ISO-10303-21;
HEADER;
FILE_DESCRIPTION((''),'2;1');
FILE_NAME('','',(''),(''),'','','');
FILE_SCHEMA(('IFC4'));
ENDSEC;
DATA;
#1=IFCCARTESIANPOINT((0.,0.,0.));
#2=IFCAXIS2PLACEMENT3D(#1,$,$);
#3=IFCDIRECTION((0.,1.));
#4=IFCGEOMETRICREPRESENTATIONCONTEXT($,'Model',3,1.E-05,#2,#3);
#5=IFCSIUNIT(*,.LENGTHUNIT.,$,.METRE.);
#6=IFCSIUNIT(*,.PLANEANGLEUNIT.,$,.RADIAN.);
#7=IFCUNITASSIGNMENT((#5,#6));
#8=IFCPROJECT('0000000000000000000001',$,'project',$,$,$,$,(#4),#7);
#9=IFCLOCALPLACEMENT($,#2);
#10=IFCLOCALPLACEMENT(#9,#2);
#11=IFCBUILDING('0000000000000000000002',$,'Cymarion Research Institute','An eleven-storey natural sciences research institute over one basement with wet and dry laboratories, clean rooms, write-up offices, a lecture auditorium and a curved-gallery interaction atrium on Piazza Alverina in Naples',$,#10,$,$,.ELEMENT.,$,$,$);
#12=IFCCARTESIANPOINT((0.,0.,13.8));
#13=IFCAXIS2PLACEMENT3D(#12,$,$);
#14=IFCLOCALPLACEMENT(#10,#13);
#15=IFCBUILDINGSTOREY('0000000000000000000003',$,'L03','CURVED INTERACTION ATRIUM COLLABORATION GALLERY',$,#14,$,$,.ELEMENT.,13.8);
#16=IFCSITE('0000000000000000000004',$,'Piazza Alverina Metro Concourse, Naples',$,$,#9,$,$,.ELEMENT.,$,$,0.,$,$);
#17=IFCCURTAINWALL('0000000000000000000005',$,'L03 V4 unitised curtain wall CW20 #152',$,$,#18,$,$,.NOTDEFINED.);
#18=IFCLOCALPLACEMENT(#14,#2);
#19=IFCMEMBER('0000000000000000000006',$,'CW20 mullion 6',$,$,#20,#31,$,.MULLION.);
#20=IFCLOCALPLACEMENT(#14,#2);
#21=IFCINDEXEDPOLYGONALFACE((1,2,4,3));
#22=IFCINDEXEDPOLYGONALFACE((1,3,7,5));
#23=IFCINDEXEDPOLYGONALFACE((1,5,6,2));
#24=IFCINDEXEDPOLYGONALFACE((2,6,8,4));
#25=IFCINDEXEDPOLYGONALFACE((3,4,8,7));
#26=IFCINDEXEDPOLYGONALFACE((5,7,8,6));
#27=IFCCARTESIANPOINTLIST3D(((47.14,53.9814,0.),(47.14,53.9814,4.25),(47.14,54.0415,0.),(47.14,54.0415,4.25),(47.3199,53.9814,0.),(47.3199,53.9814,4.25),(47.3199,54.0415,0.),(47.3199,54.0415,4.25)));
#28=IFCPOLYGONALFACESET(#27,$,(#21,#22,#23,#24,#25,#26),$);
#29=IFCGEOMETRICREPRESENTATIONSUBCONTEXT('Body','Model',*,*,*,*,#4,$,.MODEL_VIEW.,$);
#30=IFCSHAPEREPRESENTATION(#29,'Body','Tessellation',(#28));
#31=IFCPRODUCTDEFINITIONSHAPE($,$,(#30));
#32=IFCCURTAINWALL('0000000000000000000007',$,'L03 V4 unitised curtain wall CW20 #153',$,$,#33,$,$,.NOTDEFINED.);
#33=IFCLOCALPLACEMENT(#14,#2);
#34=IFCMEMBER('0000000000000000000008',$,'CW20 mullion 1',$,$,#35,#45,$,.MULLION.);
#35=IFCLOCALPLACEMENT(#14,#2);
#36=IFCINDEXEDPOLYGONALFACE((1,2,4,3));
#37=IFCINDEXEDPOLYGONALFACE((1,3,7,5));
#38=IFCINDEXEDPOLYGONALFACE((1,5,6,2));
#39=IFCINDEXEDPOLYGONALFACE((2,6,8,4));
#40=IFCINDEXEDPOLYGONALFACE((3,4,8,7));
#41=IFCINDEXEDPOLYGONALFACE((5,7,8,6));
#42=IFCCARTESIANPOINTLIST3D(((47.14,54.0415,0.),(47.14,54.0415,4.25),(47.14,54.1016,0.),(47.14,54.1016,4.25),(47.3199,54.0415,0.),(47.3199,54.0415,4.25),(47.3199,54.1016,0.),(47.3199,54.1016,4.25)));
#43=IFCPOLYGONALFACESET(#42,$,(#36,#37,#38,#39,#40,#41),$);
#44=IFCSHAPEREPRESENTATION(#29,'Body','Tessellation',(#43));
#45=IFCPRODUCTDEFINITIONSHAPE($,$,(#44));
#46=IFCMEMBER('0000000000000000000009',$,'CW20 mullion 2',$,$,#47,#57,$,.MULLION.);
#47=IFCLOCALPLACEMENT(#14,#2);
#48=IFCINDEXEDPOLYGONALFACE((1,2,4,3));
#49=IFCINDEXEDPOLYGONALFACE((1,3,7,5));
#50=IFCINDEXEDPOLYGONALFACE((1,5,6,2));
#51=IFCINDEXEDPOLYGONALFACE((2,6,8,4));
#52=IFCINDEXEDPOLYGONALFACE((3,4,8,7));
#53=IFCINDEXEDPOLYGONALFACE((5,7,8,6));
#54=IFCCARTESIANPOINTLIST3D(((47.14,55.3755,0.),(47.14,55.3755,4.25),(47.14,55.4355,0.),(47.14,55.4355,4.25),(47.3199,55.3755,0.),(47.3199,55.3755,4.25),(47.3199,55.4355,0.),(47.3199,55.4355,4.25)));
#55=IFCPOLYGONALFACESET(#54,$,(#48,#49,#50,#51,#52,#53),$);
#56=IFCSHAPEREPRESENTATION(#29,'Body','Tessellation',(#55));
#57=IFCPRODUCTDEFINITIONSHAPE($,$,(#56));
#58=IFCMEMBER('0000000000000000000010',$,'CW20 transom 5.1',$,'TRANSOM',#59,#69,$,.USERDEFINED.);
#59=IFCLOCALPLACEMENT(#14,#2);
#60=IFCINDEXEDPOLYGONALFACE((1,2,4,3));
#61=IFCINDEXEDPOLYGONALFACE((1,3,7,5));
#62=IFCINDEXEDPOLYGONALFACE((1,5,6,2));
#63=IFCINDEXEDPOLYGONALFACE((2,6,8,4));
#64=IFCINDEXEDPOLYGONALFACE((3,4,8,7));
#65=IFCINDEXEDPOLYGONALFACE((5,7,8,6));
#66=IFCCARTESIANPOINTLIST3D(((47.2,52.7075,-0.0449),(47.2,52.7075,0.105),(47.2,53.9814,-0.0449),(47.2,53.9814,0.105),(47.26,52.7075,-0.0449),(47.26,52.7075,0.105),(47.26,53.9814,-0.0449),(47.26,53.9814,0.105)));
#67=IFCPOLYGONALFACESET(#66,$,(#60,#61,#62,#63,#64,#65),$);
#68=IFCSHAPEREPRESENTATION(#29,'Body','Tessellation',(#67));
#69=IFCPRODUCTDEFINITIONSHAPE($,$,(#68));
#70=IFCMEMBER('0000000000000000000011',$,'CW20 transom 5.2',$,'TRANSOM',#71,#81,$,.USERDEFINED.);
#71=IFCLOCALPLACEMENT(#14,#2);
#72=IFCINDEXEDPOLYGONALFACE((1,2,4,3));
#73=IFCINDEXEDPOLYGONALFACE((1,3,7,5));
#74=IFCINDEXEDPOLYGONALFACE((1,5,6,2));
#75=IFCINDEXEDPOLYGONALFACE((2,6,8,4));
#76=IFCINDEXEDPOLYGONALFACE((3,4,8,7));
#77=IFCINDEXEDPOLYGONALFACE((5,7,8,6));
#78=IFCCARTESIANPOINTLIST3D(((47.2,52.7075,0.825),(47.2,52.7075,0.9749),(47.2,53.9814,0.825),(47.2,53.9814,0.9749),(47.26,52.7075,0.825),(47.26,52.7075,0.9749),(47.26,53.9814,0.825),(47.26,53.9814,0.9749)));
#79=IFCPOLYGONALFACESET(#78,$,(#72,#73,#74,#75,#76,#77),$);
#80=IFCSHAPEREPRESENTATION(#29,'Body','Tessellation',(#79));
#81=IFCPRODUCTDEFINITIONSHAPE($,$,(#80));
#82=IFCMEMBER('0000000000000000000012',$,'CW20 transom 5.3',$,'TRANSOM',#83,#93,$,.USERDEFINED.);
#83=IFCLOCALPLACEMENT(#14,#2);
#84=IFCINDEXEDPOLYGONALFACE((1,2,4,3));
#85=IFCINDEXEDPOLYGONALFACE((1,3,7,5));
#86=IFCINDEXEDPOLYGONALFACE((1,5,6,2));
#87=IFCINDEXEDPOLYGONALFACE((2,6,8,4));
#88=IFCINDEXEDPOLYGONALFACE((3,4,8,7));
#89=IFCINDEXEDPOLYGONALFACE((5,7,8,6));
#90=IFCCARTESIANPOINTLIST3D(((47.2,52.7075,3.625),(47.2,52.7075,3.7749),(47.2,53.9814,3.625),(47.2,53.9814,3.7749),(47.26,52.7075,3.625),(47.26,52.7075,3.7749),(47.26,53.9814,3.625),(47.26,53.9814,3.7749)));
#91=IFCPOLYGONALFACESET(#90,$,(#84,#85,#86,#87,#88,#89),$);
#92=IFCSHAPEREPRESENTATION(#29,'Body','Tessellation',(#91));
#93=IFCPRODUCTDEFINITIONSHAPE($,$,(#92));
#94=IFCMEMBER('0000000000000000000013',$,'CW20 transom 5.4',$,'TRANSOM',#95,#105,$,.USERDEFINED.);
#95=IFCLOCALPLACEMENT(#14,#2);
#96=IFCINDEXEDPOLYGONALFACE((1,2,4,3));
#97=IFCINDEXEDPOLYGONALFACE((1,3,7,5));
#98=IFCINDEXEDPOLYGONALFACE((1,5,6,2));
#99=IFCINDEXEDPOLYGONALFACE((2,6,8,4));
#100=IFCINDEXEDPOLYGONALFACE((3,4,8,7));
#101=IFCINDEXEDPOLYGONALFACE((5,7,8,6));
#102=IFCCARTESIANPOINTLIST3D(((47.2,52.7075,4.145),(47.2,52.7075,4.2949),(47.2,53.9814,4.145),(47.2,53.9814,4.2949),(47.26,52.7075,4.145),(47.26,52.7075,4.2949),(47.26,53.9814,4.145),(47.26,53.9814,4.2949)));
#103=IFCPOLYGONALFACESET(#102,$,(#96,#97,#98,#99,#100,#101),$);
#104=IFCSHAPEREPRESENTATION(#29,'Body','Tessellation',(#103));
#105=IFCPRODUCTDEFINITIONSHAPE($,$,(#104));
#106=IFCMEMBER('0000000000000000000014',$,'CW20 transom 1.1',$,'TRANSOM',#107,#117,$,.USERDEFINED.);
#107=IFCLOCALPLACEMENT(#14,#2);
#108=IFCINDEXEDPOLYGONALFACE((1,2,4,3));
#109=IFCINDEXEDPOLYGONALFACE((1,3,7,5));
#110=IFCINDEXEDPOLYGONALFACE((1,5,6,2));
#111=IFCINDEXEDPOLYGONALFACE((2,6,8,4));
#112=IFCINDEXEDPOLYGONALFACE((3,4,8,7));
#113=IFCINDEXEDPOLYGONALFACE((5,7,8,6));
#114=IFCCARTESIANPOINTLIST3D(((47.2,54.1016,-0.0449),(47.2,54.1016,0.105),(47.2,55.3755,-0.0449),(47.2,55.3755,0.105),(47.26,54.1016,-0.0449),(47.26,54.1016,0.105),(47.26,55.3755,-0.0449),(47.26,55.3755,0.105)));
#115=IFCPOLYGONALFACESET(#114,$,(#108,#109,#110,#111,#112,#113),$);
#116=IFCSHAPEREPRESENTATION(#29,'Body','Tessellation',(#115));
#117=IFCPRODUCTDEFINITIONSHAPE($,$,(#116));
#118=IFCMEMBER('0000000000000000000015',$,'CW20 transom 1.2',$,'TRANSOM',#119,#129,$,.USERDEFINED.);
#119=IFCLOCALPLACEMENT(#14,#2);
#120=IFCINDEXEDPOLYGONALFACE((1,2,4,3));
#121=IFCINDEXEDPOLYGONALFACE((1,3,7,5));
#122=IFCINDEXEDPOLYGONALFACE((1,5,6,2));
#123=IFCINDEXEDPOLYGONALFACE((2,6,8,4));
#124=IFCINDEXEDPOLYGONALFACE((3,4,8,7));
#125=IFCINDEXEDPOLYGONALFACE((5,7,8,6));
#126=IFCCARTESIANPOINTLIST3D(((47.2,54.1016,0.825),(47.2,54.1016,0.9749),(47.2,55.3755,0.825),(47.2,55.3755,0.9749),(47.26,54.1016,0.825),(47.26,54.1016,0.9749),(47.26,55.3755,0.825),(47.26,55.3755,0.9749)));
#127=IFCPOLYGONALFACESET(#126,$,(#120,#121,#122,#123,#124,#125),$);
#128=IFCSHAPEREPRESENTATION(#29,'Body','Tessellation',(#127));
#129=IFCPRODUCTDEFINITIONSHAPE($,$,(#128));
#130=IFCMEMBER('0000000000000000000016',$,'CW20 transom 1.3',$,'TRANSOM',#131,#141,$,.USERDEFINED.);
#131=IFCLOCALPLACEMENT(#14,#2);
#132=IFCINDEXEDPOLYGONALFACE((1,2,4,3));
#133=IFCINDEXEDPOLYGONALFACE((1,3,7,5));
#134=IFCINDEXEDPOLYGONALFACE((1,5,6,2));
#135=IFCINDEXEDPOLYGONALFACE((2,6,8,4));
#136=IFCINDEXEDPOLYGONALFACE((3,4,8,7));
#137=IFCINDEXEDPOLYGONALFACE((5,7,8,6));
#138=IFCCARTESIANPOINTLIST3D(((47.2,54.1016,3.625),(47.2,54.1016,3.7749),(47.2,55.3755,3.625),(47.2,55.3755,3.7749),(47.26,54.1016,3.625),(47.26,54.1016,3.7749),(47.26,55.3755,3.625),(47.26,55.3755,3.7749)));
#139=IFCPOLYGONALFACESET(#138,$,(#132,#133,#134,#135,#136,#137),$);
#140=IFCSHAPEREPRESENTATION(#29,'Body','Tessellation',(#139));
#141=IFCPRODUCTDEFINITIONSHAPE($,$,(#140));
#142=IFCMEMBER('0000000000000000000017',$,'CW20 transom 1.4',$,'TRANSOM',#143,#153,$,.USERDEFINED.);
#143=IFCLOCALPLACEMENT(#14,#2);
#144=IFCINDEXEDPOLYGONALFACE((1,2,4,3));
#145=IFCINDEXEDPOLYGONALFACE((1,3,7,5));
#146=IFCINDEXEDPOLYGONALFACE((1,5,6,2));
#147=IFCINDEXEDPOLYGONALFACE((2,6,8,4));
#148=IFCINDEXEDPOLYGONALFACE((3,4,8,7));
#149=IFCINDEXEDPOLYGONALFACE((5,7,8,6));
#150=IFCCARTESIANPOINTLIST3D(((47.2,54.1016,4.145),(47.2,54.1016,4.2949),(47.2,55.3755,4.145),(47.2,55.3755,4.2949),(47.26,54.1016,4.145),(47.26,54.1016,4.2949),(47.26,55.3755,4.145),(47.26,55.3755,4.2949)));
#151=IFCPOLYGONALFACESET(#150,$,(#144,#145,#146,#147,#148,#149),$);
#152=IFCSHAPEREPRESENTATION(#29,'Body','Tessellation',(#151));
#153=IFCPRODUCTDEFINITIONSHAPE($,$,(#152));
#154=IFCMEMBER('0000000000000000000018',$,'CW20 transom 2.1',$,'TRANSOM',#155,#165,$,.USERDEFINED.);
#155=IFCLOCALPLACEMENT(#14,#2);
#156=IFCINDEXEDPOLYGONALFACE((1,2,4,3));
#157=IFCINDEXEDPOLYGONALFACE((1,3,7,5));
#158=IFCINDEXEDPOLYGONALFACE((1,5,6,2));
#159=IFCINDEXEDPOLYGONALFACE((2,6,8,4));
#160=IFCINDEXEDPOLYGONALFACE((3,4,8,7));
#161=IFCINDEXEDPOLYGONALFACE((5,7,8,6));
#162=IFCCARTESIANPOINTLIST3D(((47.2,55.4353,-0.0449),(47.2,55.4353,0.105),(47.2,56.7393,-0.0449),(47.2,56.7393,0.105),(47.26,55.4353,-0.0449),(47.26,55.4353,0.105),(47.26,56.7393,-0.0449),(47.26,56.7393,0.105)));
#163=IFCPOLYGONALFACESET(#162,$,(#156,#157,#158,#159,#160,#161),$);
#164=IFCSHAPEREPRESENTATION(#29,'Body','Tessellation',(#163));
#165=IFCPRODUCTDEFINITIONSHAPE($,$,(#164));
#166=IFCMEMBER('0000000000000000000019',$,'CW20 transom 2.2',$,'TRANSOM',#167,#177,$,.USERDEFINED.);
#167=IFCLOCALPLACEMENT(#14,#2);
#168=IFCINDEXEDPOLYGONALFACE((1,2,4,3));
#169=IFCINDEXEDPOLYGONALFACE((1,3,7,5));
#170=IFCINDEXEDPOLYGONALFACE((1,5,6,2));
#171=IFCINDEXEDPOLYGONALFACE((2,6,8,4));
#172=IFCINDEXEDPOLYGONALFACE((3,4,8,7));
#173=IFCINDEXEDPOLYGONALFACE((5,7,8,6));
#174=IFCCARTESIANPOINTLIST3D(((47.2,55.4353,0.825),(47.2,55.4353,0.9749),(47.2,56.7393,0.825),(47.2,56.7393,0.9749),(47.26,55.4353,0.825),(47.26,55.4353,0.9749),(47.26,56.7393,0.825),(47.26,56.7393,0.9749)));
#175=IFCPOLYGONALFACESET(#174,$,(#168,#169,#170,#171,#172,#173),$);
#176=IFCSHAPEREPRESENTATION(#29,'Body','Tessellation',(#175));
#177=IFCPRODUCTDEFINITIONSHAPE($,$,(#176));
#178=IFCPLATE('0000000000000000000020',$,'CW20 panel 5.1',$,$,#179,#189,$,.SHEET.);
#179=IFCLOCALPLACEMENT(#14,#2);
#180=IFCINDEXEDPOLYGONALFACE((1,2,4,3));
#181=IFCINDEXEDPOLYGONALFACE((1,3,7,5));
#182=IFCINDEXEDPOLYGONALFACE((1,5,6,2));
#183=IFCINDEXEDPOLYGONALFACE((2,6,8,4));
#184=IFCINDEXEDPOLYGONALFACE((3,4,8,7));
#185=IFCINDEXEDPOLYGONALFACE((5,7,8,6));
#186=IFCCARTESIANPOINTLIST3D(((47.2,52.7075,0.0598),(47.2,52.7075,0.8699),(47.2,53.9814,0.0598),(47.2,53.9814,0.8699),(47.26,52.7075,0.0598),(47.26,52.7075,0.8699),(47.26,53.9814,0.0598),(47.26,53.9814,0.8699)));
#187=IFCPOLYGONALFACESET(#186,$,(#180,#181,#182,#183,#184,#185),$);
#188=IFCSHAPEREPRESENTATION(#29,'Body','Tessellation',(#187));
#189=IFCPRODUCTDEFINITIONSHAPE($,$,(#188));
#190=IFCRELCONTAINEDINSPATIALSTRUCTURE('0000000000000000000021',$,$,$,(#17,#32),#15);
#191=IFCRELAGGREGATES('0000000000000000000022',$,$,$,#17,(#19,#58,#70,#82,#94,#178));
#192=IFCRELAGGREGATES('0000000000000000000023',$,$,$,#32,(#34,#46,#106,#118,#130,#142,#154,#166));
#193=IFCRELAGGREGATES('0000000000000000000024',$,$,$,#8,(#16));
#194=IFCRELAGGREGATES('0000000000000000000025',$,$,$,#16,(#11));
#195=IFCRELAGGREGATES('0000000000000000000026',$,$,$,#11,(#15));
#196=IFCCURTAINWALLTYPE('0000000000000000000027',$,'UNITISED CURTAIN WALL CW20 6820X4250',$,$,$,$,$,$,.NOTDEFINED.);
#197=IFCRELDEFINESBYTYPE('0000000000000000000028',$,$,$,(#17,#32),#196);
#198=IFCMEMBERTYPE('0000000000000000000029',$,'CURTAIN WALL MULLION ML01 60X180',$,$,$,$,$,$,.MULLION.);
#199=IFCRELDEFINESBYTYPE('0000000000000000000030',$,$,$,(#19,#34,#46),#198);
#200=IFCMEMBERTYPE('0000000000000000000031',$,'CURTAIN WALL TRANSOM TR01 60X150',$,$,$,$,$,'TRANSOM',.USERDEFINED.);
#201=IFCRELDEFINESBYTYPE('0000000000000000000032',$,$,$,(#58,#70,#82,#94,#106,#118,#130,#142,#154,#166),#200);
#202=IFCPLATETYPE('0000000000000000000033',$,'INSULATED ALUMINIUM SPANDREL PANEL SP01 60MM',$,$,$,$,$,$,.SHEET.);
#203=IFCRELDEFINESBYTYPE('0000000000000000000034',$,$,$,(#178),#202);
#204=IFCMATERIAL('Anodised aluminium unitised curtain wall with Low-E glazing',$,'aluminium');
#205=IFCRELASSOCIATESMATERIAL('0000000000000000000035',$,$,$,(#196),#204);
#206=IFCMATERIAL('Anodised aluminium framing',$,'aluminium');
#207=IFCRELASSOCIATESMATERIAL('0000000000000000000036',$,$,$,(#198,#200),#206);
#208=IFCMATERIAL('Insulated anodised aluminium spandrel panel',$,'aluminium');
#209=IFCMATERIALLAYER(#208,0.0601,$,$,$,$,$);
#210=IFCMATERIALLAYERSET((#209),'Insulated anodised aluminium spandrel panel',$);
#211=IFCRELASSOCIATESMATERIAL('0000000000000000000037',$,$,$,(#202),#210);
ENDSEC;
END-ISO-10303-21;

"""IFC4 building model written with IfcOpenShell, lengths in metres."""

from ifc_helpers import new_model, si_unit, direction, frame, origin, origin_2d, place, context, subcontext, project, spatial, rectangle, extrude, material, layer, layer_set, material_profile, profile_set, type_object, element, aggregate, save


model = new_model("IFC4")

# Units and contexts
model_context = context("Model", 3, precision=1e-05, world=origin(), true_north=direction((0.0, 1.0)))
body_context = subcontext(model_context, "Body", "Model", "MODEL_VIEW")
ifc_project = project(units=[si_unit("LENGTHUNIT", "METRE"), si_unit("PLANEANGLEUNIT", "RADIAN")], contexts=[model_context])

# Site, building, storey
site_placement = place(None, origin())
site = spatial("IfcSite", under=ifc_project, at=site_placement, Name="Piazza Alverina Metro Concourse, Naples", CompositionType="ELEMENT", RefElevation=0.0)
building_placement = place(site_placement, origin())
building = spatial("IfcBuilding", under=site, at=building_placement, Name="Cymarion Research Institute", Description="An eleven-storey natural sciences research institute over one basement with wet and dry laboratories, clean rooms, write-up offices, a lecture auditorium and a curved-gallery interaction atrium on Piazza Alverina in Naples", CompositionType="ELEMENT")
storey_placement = place(building_placement, frame((0.0, 0.0, 13.8)))
storey = spatial("IfcBuildingStorey", under=building, at=storey_placement, Name="L03", Description="CURVED INTERACTION ATRIUM COLLABORATION GALLERY", CompositionType="ELEMENT", Elevation=13.8)

# Curtain wall, member
ifc_material_1 = material(Name="Anodised aluminium unitised curtain wall with Low-E glazing", Category="aluminium")
curtain_wall_type = type_object("IfcCurtainWallType", Name="UNITISED CURTAIN WALL CW20 6820X4250", PredefinedType="NOTDEFINED", material=ifc_material_1)
curtain_wall_1_placement = place(storey_placement, origin())
curtain_wall_1 = element("IfcCurtainWall", 1, at=curtain_wall_1_placement, inside=storey, type_object=curtain_wall_type, Name="L03 V4 unitised curtain wall CW20 #152", PredefinedType="NOTDEFINED")
ifc_material_2 = material(Name="Anodised aluminium framing", Category="aluminium")
ifc_material_profile_1 = material_profile(ifc_material_2, rectangle(XDim=0.0601, YDim=0.1799, at=origin_2d()), Name="ALU MULLION 60x180")
ifc_profile_set_1 = profile_set([ifc_material_profile_1], Name="Anodised aluminium framing")
member_type_1 = type_object("IfcMemberType", Name="CURTAIN WALL MULLION ML01 60X180", PredefinedType="MULLION", material=ifc_profile_set_1)
member_1_placement = place(storey_placement, frame((47.23, 54.0115, 0.0), z_axis=(0.0, 0.0, 1.0), x_axis=(0.0, 1.0, 0.0)))
member_1 = element("IfcMember", 2, at=member_1_placement, type_object=member_type_1, Name="CW20 mullion 6", PredefinedType="MULLION", context=body_context, shape_type="SweptSolid", body=[
    extrude(rectangle(XDim=0.0601, YDim=0.1799, at=origin_2d()), origin(), (0.0, 0.0, 1.0), 4.25),
])

# Curtain wall, members
curtain_wall_2_placement = place(storey_placement, origin())
curtain_wall_2 = element("IfcCurtainWall", 3, at=curtain_wall_2_placement, inside=storey, type_object=curtain_wall_type, Name="L03 V4 unitised curtain wall CW20 #153", PredefinedType="NOTDEFINED")
member_2_placement = place(storey_placement, frame((47.23, 54.0715, 0.0), z_axis=(0.0, 0.0, 1.0), x_axis=(0.0, 1.0, 0.0)))
member_2 = element("IfcMember", 4, at=member_2_placement, type_object=member_type_1, Name="CW20 mullion 1", PredefinedType="MULLION", context=body_context, shape_type="SweptSolid", body=[
    extrude(rectangle(XDim=0.0601, YDim=0.1799, at=origin_2d()), origin(), (0.0, 0.0, 1.0), 4.25),
])
member_3_placement = place(storey_placement, frame((47.23, 55.4055, 0.0), z_axis=(0.0, 0.0, 1.0), x_axis=(0.0, 1.0, 0.0)))
member_3 = element("IfcMember", 5, at=member_3_placement, type_object=member_type_1, Name="CW20 mullion 2", PredefinedType="MULLION", context=body_context, shape_type="SweptSolid", body=[
    extrude(rectangle(XDim=0.0601, YDim=0.1799, at=origin_2d()), origin(), (0.0, 0.0, 1.0), 4.25),
])

# Members
ifc_material_profile_2 = material_profile(ifc_material_2, rectangle(XDim=0.0601, YDim=0.1499, at=origin_2d()), Name="ALU TRANSOM 60x150")
ifc_profile_set_2 = profile_set([ifc_material_profile_2], Name="Anodised aluminium framing")
member_type_2 = type_object("IfcMemberType", Name="CURTAIN WALL TRANSOM TR01 60X150", ElementType="TRANSOM", PredefinedType="USERDEFINED", material=ifc_profile_set_2)
member_4_placement = place(storey_placement, frame((47.23, 52.7075, 0.03), z_axis=(0.0, 1.0, 0.0), x_axis=(-1.0, 0.0, 0.0)))
member_4 = element("IfcMember", 6, at=member_4_placement, type_object=member_type_2, Name="CW20 transom 5.1", ObjectType="TRANSOM", PredefinedType="USERDEFINED", context=body_context, shape_type="SweptSolid", body=[
    extrude(rectangle(XDim=0.0601, YDim=0.1499, at=origin_2d()), origin(), (0.0, 0.0, 1.0), 1.2739),
])
member_5_placement = place(storey_placement, frame((47.23, 52.7075, 0.8999), z_axis=(0.0, 1.0, 0.0), x_axis=(-1.0, 0.0, 0.0)))
member_5 = element("IfcMember", 7, at=member_5_placement, type_object=member_type_2, Name="CW20 transom 5.2", ObjectType="TRANSOM", PredefinedType="USERDEFINED", context=body_context, shape_type="SweptSolid", body=[
    extrude(rectangle(XDim=0.0601, YDim=0.1499, at=origin_2d()), origin(), (0.0, 0.0, 1.0), 1.2739),
])
member_6_placement = place(storey_placement, frame((47.23, 52.7075, 3.7), z_axis=(0.0, 1.0, 0.0), x_axis=(-1.0, 0.0, 0.0)))
member_6 = element("IfcMember", 8, at=member_6_placement, type_object=member_type_2, Name="CW20 transom 5.3", ObjectType="TRANSOM", PredefinedType="USERDEFINED", context=body_context, shape_type="SweptSolid", body=[
    extrude(rectangle(XDim=0.0601, YDim=0.1499, at=origin_2d()), origin(), (0.0, 0.0, 1.0), 1.2739),
])
member_7_placement = place(storey_placement, frame((47.23, 52.7075, 4.22), z_axis=(0.0, 1.0, 0.0), x_axis=(-1.0, 0.0, 0.0)))
member_7 = element("IfcMember", 9, at=member_7_placement, type_object=member_type_2, Name="CW20 transom 5.4", ObjectType="TRANSOM", PredefinedType="USERDEFINED", context=body_context, shape_type="SweptSolid", body=[
    extrude(rectangle(XDim=0.0601, YDim=0.1499, at=origin_2d()), origin(), (0.0, 0.0, 1.0), 1.2739),
])
member_8_placement = place(storey_placement, frame((47.23, 54.1016, 0.03), z_axis=(0.0, 1.0, 0.0), x_axis=(-1.0, 0.0, 0.0)))
member_8 = element("IfcMember", 10, at=member_8_placement, type_object=member_type_2, Name="CW20 transom 1.1", ObjectType="TRANSOM", PredefinedType="USERDEFINED", context=body_context, shape_type="SweptSolid", body=[
    extrude(rectangle(XDim=0.0601, YDim=0.1499, at=origin_2d()), origin(), (0.0, 0.0, 1.0), 1.2739),
])
member_9_placement = place(storey_placement, frame((47.23, 54.1016, 0.8999), z_axis=(0.0, 1.0, 0.0), x_axis=(-1.0, 0.0, 0.0)))
member_9 = element("IfcMember", 11, at=member_9_placement, type_object=member_type_2, Name="CW20 transom 1.2", ObjectType="TRANSOM", PredefinedType="USERDEFINED", context=body_context, shape_type="SweptSolid", body=[
    extrude(rectangle(XDim=0.0601, YDim=0.1499, at=origin_2d()), origin(), (0.0, 0.0, 1.0), 1.2739),
])
member_10_placement = place(storey_placement, frame((47.23, 54.1016, 3.7), z_axis=(0.0, 1.0, 0.0), x_axis=(-1.0, 0.0, 0.0)))
member_10 = element("IfcMember", 12, at=member_10_placement, type_object=member_type_2, Name="CW20 transom 1.3", ObjectType="TRANSOM", PredefinedType="USERDEFINED", context=body_context, shape_type="SweptSolid", body=[
    extrude(rectangle(XDim=0.0601, YDim=0.1499, at=origin_2d()), origin(), (0.0, 0.0, 1.0), 1.2739),
])
member_11_placement = place(storey_placement, frame((47.23, 54.1016, 4.22), z_axis=(0.0, 1.0, 0.0), x_axis=(-1.0, 0.0, 0.0)))
member_11 = element("IfcMember", 13, at=member_11_placement, type_object=member_type_2, Name="CW20 transom 1.4", ObjectType="TRANSOM", PredefinedType="USERDEFINED", context=body_context, shape_type="SweptSolid", body=[
    extrude(rectangle(XDim=0.0601, YDim=0.1499, at=origin_2d()), origin(), (0.0, 0.0, 1.0), 1.2739),
])
member_12_placement = place(storey_placement, frame((47.23, 55.4353, 0.03), z_axis=(0.0, 1.0, 0.0), x_axis=(-1.0, 0.0, 0.0)))
member_12 = element("IfcMember", 14, at=member_12_placement, type_object=member_type_2, Name="CW20 transom 2.1", ObjectType="TRANSOM", PredefinedType="USERDEFINED", context=body_context, shape_type="SweptSolid", body=[
    extrude(rectangle(XDim=0.0601, YDim=0.1499, at=origin_2d()), origin(), (0.0, 0.0, 1.0), 1.304),
])
member_13_placement = place(storey_placement, frame((47.23, 55.4353, 0.8999), z_axis=(0.0, 1.0, 0.0), x_axis=(-1.0, 0.0, 0.0)))
member_13 = element("IfcMember", 15, at=member_13_placement, type_object=member_type_2, Name="CW20 transom 2.2", ObjectType="TRANSOM", PredefinedType="USERDEFINED", context=body_context, shape_type="SweptSolid", body=[
    extrude(rectangle(XDim=0.0601, YDim=0.1499, at=origin_2d()), origin(), (0.0, 0.0, 1.0), 1.304),
])

# Plate
ifc_material_3 = material(Name="Insulated anodised aluminium spandrel panel", Category="aluminium")
ifc_layer_1 = layer(ifc_material_3, 0.0601)
ifc_layer_set_1 = layer_set([ifc_layer_1], Name="Insulated anodised aluminium spandrel panel")
plate_type_1 = type_object("IfcPlateType", Name="INSULATED ALUMINIUM SPANDREL PANEL SP01 60MM", PredefinedType="SHEET", material=ifc_layer_set_1)
plate_1_placement = place(storey_placement, frame((47.23, 53.3445, 0.0598), z_axis=(0.0, 0.0, 1.0), x_axis=(0.0, 1.0, 0.0)))
plate_1 = element("IfcPlate", 16, at=plate_1_placement, type_object=plate_type_1, Name="CW20 panel 5.1", PredefinedType="SHEET", context=body_context, shape_type="SweptSolid", body=[
    extrude(rectangle(XDim=1.2739, YDim=0.0601, at=origin_2d()), origin(), (0.0, 0.0, 1.0), 0.8101),
])
aggregate(curtain_wall_1, [member_1, member_4, member_5, member_6, member_7, plate_1])
aggregate(curtain_wall_2, [member_2, member_3, member_8, member_9, member_10, member_11, member_12, member_13])

save(model, "model.ifc")
